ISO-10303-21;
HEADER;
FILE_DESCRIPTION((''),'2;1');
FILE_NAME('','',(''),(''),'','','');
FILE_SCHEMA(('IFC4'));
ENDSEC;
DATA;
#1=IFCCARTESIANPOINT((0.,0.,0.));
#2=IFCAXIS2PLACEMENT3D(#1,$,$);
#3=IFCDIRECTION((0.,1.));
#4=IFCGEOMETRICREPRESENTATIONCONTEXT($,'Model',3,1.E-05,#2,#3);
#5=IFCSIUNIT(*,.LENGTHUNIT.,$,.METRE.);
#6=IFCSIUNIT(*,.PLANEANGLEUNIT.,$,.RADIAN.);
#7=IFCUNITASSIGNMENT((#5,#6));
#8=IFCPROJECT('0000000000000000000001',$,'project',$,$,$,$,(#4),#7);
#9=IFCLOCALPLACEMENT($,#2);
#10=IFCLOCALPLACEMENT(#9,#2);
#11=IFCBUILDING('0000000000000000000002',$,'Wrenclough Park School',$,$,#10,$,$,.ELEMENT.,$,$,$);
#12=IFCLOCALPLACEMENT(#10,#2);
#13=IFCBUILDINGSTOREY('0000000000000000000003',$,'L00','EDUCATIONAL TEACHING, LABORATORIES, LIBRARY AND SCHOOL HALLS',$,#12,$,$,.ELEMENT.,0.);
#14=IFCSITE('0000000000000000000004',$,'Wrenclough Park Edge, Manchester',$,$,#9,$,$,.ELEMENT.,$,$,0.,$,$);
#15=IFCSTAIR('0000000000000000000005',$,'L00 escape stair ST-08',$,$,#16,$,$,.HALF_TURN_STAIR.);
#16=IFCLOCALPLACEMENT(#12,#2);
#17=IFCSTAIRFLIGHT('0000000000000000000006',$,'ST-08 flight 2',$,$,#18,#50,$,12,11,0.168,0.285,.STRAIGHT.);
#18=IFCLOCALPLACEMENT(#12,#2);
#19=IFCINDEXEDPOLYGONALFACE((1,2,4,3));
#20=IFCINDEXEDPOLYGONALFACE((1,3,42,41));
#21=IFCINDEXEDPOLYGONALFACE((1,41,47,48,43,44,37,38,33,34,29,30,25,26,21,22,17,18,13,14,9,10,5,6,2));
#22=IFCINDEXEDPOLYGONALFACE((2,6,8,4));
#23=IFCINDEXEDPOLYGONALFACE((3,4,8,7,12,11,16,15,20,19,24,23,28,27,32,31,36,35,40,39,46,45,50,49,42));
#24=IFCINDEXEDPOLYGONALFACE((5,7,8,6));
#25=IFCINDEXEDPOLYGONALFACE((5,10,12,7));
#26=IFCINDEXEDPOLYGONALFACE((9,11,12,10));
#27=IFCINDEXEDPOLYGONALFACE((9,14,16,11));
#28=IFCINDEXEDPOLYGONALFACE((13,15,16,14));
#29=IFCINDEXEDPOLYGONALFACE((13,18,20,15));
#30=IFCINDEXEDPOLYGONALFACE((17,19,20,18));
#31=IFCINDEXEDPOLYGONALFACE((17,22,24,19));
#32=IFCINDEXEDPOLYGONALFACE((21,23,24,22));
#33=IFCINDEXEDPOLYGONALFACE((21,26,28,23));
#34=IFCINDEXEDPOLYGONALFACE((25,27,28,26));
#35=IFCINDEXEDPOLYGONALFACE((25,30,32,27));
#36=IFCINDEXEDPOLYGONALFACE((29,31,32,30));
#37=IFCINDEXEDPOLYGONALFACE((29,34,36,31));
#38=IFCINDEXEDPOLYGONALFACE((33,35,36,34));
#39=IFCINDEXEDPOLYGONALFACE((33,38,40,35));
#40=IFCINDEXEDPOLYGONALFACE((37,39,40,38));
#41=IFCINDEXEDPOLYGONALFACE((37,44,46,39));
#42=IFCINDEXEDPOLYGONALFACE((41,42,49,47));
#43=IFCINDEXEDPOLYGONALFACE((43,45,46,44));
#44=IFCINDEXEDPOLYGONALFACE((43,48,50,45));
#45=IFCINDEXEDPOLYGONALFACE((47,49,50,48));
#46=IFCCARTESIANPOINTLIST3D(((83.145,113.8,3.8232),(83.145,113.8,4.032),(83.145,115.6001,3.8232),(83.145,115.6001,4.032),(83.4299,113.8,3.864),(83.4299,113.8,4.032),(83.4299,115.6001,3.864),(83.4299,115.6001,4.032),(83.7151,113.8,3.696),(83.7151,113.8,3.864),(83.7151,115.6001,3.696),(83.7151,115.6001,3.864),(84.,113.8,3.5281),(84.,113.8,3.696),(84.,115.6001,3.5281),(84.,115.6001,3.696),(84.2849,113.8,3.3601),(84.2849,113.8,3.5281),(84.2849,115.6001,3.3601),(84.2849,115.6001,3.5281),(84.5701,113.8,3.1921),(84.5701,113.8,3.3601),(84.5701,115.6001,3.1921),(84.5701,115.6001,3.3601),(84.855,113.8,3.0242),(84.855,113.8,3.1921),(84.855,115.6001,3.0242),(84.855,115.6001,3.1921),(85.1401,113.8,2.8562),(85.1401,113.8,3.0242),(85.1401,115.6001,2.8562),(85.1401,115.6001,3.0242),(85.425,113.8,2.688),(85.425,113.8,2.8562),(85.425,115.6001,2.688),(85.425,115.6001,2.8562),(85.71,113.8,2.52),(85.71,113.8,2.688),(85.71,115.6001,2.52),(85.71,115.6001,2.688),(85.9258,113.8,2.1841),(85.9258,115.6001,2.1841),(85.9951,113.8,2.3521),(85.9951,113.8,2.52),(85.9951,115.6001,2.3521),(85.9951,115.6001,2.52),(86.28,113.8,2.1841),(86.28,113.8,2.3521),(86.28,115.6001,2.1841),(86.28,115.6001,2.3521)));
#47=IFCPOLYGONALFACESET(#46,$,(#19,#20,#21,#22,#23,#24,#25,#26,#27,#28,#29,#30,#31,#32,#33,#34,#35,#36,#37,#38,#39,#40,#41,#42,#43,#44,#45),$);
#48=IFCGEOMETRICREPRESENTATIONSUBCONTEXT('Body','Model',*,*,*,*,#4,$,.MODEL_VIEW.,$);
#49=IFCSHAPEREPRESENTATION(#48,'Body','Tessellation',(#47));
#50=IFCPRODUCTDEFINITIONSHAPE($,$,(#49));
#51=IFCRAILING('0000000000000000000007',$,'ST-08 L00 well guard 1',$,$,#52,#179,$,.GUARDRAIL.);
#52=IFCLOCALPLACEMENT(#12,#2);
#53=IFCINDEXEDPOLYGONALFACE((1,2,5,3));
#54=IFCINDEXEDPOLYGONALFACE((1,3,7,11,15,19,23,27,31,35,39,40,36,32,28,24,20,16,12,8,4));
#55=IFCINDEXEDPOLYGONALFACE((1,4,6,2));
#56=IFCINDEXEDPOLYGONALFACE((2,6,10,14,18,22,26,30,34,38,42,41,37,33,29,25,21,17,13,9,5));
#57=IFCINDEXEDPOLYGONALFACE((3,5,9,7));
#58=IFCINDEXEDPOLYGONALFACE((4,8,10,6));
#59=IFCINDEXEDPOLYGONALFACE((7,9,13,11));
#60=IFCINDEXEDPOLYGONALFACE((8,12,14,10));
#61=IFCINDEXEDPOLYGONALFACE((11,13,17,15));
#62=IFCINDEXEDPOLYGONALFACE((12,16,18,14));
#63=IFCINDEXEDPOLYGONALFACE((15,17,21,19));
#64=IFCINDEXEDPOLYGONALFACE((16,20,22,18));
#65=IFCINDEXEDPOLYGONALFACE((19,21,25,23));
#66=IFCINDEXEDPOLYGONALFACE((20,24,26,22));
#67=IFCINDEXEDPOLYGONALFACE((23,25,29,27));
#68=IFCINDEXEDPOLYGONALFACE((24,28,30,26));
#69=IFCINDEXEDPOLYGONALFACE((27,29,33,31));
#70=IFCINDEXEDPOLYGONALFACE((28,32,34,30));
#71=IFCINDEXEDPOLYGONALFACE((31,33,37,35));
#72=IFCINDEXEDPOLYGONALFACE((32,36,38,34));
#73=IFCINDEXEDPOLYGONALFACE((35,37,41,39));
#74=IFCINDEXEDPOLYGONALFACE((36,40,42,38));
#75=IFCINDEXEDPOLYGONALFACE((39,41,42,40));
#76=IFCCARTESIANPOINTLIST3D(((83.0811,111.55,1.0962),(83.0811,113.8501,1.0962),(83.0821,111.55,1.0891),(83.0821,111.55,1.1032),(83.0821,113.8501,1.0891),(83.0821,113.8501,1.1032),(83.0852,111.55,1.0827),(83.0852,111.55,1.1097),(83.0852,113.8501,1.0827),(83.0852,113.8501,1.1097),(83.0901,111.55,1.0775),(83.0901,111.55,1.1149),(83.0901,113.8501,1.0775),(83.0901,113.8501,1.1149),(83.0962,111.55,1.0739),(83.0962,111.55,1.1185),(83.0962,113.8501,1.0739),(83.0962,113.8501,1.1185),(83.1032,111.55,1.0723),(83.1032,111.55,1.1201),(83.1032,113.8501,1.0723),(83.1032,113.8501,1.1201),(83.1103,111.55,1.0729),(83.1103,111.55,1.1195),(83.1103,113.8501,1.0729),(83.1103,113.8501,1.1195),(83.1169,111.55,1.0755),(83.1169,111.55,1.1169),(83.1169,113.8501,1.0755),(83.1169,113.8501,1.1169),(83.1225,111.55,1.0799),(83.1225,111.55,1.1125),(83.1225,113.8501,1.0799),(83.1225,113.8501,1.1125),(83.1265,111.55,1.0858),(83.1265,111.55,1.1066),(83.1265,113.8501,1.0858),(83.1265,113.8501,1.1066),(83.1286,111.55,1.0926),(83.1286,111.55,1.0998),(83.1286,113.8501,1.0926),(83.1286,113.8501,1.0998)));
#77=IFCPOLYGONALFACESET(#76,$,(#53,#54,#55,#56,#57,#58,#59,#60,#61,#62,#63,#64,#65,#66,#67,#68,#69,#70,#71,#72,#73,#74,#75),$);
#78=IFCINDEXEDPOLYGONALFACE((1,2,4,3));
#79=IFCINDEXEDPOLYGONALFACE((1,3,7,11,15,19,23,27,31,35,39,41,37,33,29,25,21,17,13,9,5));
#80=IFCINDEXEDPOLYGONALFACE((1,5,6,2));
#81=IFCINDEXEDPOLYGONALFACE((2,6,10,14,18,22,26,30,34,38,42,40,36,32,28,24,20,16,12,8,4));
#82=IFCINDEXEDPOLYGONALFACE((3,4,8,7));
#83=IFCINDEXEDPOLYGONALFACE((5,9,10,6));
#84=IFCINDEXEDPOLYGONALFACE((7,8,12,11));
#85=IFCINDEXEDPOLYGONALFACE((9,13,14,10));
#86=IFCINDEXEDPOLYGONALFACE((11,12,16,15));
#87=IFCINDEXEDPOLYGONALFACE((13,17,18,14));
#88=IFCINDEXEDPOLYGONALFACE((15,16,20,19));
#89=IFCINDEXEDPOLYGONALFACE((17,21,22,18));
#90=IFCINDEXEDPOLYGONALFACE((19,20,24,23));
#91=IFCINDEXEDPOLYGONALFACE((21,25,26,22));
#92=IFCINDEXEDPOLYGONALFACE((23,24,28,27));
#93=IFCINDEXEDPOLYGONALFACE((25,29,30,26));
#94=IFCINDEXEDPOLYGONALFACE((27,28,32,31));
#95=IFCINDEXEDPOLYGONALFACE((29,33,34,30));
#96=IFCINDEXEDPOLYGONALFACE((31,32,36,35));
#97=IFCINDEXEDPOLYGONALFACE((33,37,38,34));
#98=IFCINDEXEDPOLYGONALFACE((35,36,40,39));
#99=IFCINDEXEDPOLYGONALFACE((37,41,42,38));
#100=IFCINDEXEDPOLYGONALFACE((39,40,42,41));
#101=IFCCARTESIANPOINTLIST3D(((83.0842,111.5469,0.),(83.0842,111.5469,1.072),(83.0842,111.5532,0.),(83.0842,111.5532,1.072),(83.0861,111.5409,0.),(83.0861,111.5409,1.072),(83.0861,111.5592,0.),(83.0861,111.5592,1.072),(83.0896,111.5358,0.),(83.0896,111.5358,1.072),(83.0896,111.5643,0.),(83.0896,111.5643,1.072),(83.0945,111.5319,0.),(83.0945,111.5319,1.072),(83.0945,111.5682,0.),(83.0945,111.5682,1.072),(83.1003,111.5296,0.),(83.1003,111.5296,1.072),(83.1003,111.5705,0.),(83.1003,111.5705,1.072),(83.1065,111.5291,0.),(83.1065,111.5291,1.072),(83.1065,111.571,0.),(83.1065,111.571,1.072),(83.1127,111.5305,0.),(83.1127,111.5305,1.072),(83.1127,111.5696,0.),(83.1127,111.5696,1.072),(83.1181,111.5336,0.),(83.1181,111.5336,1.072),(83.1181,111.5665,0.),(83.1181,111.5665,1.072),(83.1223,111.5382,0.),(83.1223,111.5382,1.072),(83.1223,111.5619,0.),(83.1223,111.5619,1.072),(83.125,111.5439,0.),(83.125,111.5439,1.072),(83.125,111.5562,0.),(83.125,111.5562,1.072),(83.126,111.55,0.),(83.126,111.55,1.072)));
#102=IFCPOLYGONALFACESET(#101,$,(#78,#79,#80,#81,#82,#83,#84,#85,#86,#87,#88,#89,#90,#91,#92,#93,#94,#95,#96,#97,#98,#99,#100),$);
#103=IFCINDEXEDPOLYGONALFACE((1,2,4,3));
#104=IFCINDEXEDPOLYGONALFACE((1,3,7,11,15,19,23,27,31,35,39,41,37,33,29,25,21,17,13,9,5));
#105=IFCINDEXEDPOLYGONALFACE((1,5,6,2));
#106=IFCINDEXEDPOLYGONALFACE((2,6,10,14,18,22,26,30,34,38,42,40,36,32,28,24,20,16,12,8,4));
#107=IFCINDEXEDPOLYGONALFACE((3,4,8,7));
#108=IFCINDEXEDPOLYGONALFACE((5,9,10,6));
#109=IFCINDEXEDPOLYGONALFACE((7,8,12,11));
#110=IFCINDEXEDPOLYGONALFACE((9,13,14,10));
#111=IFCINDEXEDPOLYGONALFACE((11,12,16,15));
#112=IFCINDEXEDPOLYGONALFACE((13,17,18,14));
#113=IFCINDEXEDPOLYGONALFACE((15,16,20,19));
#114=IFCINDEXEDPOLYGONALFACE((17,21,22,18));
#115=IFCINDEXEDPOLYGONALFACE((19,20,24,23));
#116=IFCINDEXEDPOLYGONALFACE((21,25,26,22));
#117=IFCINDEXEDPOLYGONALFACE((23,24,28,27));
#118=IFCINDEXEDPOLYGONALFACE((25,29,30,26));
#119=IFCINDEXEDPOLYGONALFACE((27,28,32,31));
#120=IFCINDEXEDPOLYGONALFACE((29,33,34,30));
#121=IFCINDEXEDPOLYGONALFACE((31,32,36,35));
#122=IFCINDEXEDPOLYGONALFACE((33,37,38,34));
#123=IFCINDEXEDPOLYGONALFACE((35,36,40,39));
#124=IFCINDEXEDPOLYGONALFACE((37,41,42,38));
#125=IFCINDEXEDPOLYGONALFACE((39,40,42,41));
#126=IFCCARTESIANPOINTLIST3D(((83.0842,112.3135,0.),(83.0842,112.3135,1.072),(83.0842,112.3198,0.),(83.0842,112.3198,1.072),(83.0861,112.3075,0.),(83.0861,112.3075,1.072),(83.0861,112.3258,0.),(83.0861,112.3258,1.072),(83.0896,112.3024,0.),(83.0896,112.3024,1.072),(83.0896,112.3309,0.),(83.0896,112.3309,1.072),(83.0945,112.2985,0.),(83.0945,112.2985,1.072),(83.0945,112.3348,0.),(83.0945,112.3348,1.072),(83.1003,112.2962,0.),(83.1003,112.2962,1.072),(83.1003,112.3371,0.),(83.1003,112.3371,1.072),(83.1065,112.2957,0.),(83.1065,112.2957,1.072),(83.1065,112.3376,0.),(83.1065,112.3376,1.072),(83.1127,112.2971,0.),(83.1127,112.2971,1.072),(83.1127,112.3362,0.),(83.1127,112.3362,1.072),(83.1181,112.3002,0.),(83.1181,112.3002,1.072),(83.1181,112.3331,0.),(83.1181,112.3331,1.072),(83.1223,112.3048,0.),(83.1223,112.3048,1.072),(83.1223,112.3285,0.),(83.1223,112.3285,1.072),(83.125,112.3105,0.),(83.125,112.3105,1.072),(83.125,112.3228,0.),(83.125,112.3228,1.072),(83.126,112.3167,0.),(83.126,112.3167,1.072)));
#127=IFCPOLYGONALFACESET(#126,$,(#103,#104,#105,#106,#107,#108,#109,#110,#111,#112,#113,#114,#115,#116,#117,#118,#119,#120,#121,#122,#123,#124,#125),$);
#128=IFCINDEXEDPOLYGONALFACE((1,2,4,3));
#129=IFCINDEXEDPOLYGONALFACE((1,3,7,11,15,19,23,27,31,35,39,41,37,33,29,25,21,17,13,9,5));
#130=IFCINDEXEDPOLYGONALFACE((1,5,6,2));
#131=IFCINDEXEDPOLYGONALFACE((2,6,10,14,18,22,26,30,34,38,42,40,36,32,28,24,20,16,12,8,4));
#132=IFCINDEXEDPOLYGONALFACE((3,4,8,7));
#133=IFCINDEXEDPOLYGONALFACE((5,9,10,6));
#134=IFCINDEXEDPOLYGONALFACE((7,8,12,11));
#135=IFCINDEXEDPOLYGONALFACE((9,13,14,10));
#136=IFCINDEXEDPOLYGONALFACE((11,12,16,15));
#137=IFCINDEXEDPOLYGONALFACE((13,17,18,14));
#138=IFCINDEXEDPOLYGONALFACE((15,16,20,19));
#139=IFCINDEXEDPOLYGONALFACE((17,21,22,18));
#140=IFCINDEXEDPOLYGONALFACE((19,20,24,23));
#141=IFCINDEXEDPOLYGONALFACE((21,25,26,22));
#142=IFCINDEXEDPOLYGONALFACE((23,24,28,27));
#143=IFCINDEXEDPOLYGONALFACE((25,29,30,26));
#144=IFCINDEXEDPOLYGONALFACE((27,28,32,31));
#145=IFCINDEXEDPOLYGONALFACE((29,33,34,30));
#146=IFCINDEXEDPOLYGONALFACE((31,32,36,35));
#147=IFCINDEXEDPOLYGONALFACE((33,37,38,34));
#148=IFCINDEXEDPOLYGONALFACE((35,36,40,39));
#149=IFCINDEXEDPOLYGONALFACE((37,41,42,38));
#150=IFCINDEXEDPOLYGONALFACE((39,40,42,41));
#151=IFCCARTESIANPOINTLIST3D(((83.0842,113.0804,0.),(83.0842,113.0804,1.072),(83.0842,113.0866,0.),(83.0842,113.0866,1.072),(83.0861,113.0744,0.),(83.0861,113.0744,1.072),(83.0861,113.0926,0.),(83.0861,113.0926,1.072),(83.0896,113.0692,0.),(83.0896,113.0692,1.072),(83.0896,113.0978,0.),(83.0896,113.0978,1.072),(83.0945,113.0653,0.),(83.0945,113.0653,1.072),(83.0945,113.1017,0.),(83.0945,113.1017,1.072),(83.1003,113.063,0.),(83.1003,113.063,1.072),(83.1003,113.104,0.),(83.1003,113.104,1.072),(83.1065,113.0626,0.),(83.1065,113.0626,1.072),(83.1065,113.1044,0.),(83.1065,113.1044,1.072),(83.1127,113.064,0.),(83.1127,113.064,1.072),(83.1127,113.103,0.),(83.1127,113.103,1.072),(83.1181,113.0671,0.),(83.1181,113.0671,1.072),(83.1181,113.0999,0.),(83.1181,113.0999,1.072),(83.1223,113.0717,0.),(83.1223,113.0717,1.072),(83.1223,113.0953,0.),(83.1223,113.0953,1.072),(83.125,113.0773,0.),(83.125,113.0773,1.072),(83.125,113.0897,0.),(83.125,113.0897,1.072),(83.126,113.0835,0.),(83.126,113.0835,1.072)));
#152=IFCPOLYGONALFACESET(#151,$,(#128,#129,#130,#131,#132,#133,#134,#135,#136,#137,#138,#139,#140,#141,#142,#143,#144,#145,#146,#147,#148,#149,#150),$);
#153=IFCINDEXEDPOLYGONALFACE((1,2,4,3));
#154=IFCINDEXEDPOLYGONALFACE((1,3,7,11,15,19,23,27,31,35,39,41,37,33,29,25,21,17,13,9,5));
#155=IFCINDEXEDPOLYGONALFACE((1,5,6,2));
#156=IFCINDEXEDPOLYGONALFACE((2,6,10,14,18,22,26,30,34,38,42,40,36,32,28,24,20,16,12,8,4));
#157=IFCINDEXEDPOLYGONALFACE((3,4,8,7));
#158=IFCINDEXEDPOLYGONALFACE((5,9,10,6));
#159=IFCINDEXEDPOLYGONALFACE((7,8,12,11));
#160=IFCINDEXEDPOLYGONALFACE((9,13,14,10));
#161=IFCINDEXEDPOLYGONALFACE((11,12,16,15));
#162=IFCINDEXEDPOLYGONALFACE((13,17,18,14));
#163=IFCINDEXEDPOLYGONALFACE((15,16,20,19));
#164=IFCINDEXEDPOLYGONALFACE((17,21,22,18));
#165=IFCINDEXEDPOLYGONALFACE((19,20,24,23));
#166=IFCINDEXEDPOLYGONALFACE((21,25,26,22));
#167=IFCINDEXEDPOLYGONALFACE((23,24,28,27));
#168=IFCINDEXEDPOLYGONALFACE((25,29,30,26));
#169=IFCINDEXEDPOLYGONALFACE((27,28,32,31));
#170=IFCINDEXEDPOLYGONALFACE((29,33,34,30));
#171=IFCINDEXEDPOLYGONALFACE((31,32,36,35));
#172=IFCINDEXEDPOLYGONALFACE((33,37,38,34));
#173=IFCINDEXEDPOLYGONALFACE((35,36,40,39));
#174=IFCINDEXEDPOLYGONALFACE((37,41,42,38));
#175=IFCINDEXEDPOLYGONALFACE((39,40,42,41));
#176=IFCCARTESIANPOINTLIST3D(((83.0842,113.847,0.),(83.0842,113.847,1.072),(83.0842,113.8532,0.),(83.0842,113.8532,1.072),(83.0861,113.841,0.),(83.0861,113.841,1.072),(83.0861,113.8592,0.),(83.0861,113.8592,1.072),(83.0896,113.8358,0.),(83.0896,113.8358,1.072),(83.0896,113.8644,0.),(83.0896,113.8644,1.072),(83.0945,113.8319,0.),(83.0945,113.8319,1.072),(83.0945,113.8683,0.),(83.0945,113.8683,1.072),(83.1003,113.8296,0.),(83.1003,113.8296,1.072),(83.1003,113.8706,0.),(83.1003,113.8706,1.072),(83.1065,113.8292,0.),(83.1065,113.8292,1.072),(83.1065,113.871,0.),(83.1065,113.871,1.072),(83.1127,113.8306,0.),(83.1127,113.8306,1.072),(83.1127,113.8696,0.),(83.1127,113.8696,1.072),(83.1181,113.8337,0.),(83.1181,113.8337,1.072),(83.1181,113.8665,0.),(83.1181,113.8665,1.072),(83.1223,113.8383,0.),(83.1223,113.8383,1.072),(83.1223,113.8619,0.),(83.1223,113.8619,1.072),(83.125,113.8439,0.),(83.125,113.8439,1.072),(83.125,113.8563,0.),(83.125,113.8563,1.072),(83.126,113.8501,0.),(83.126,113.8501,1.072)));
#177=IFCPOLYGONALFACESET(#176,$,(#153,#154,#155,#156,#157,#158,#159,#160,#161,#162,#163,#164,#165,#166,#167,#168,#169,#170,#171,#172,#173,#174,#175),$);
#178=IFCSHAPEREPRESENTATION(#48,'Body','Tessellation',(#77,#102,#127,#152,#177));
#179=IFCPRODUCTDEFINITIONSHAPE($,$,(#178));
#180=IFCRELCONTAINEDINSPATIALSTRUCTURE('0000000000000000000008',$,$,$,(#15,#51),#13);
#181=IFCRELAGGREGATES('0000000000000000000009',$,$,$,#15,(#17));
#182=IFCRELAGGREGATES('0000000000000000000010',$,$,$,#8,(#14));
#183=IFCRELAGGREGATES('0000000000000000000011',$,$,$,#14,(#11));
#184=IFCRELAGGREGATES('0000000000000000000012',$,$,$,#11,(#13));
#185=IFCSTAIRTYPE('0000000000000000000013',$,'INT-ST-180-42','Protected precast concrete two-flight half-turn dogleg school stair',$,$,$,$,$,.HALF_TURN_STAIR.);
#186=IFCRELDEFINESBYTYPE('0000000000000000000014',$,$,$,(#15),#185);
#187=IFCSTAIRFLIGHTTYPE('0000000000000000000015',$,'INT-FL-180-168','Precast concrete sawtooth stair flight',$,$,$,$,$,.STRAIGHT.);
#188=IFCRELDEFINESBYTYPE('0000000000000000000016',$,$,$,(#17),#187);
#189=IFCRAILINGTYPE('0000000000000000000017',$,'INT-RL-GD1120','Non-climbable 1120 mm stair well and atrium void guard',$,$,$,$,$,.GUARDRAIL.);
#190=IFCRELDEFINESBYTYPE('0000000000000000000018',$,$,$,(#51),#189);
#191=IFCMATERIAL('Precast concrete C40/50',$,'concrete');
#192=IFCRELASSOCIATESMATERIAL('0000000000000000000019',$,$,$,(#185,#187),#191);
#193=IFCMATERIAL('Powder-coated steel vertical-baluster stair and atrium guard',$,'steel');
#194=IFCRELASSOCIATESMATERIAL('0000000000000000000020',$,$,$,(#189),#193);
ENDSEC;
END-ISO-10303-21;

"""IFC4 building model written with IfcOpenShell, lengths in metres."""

from ifc_helpers import new_model, si_unit, direction, frame, origin, origin_2d, place, context, subcontext, project, spatial, polyline, circle, outline, extrude, material, type_object, element, aggregate, save


model = new_model("IFC4")

# Units and contexts
model_context = context("Model", 3, precision=1e-05, world=origin(), true_north=direction((0.0, 1.0)))
body_context = subcontext(model_context, "Body", "Model", "MODEL_VIEW")
ifc_project = project(units=[si_unit("LENGTHUNIT", "METRE"), si_unit("PLANEANGLEUNIT", "RADIAN")], contexts=[model_context])

# Site, building, storey
site_placement = place(None, origin())
site = spatial("IfcSite", under=ifc_project, at=site_placement, Name="Wrenclough Park Edge, Manchester", CompositionType="ELEMENT", RefElevation=0.0)
building_placement = place(site_placement, origin())
building = spatial("IfcBuilding", under=site, at=building_placement, Name="Wrenclough Park School", CompositionType="ELEMENT")
storey_placement = place(building_placement, origin())
storey = spatial("IfcBuildingStorey", under=building, at=storey_placement, Name="L00", Description="EDUCATIONAL TEACHING, LABORATORIES, LIBRARY AND SCHOOL HALLS", CompositionType="ELEMENT", Elevation=0.0)

# Shared definitions
ifc_material_1 = material(Name="Precast concrete C40/50", Category="concrete")
stair_type = type_object("IfcStairType", Name="INT-ST-180-42", Description="Protected precast concrete two-flight half-turn dogleg school stair", PredefinedType="HALF_TURN_STAIR", material=ifc_material_1)
stair_flight_type = type_object("IfcStairFlightType", Name="INT-FL-180-168", Description="Precast concrete sawtooth stair flight", PredefinedType="STRAIGHT", material=ifc_material_1)

# Stair, stair flight
stair_1_placement = place(storey_placement, origin())
stair_1 = element("IfcStair", 1, at=stair_1_placement, inside=storey, type_object=stair_type, Name="L00 escape stair ST-08", PredefinedType="HALF_TURN_STAIR")
stair_flight_1_placement = place(storey_placement, frame((86.28, 114.7, 2.1841), z_axis=(0.0, 0.0, 1.0), x_axis=(-1.0, 0.0, 0.0)))
stair_flight_1 = element("IfcStairFlight", 2, at=stair_flight_1_placement, type_object=stair_flight_type, Name="ST-08 flight 2", NumberOfRisers=12, NumberOfTreads=11, PredefinedType="STRAIGHT", RiserHeight=0.168, TreadLength=0.285, context=body_context, shape_type="SweptSolid", body=[
    extrude(outline(polyline([(0.0, 0.0), (0.0, 0.168), (0.2849, 0.168), (0.2849, 0.3359), (0.5701, 0.3359), (0.5701, 0.5039), (0.855, 0.5039), (0.855, 0.6721), (1.1399, 0.6721), (1.1399, 0.8401), (1.425, 0.8401), (1.425, 1.0081), (1.71, 1.0081), (1.71, 1.176), (1.9951, 1.176), (1.9951, 1.344), (2.28, 1.344), (2.28, 1.512), (2.5649, 1.512), (2.5649, 1.6799), (2.8501, 1.6799), (2.8501, 1.8479), (3.135, 1.8479), (3.135, 2.0161), (3.135, 1.6392), (0.3542, 0.0), (0.0, 0.0)])), frame((0.0, 0.8999, 0.0), z_axis=(0.0, -1.0, 0.0), x_axis=(1.0, 0.0, 0.0)), (0.0, 0.0, 1.0), 1.8),
])
aggregate(stair_1, [stair_flight_1])

# Railing
ifc_material_2 = material(Name="Powder-coated steel vertical-baluster stair and atrium guard", Category="steel")
railing_type_1 = type_object("IfcRailingType", Name="INT-RL-GD1120", Description="Non-climbable 1120 mm stair well and atrium void guard", PredefinedType="GUARDRAIL", material=ifc_material_2)
railing_1_placement = place(storey_placement, frame((83.105, 111.55, 0.0)))
element("IfcRailing", 3, at=railing_1_placement, inside=storey, type_object=railing_type_1, Name="ST-08 L00 well guard 1", PredefinedType="GUARDRAIL", context=body_context, shape_type="SweptSolid", body=[
    extrude(circle(Radius=0.0239, at=origin_2d()), frame((0.0, 0.0, 1.0962), z_axis=(0.0, 1.0, 0.0), x_axis=(-1.0, 0.0, 0.0)), (0.0, 0.0, 1.0), 2.3),
    extrude(circle(Radius=0.021, at=origin_2d()), origin(), (0.0, 0.0, 1.0), 1.072),
    extrude(circle(Radius=0.021, at=origin_2d()), frame((0.0, 0.7666, 0.0)), (0.0, 0.0, 1.0), 1.072),
    extrude(circle(Radius=0.021, at=origin_2d()), frame((0.0, 1.5334, 0.0)), (0.0, 0.0, 1.0), 1.072),
    extrude(circle(Radius=0.021, at=origin_2d()), frame((0.0, 2.3, 0.0)), (0.0, 0.0, 1.0), 1.072),
])

save(model, "model.ifc")
